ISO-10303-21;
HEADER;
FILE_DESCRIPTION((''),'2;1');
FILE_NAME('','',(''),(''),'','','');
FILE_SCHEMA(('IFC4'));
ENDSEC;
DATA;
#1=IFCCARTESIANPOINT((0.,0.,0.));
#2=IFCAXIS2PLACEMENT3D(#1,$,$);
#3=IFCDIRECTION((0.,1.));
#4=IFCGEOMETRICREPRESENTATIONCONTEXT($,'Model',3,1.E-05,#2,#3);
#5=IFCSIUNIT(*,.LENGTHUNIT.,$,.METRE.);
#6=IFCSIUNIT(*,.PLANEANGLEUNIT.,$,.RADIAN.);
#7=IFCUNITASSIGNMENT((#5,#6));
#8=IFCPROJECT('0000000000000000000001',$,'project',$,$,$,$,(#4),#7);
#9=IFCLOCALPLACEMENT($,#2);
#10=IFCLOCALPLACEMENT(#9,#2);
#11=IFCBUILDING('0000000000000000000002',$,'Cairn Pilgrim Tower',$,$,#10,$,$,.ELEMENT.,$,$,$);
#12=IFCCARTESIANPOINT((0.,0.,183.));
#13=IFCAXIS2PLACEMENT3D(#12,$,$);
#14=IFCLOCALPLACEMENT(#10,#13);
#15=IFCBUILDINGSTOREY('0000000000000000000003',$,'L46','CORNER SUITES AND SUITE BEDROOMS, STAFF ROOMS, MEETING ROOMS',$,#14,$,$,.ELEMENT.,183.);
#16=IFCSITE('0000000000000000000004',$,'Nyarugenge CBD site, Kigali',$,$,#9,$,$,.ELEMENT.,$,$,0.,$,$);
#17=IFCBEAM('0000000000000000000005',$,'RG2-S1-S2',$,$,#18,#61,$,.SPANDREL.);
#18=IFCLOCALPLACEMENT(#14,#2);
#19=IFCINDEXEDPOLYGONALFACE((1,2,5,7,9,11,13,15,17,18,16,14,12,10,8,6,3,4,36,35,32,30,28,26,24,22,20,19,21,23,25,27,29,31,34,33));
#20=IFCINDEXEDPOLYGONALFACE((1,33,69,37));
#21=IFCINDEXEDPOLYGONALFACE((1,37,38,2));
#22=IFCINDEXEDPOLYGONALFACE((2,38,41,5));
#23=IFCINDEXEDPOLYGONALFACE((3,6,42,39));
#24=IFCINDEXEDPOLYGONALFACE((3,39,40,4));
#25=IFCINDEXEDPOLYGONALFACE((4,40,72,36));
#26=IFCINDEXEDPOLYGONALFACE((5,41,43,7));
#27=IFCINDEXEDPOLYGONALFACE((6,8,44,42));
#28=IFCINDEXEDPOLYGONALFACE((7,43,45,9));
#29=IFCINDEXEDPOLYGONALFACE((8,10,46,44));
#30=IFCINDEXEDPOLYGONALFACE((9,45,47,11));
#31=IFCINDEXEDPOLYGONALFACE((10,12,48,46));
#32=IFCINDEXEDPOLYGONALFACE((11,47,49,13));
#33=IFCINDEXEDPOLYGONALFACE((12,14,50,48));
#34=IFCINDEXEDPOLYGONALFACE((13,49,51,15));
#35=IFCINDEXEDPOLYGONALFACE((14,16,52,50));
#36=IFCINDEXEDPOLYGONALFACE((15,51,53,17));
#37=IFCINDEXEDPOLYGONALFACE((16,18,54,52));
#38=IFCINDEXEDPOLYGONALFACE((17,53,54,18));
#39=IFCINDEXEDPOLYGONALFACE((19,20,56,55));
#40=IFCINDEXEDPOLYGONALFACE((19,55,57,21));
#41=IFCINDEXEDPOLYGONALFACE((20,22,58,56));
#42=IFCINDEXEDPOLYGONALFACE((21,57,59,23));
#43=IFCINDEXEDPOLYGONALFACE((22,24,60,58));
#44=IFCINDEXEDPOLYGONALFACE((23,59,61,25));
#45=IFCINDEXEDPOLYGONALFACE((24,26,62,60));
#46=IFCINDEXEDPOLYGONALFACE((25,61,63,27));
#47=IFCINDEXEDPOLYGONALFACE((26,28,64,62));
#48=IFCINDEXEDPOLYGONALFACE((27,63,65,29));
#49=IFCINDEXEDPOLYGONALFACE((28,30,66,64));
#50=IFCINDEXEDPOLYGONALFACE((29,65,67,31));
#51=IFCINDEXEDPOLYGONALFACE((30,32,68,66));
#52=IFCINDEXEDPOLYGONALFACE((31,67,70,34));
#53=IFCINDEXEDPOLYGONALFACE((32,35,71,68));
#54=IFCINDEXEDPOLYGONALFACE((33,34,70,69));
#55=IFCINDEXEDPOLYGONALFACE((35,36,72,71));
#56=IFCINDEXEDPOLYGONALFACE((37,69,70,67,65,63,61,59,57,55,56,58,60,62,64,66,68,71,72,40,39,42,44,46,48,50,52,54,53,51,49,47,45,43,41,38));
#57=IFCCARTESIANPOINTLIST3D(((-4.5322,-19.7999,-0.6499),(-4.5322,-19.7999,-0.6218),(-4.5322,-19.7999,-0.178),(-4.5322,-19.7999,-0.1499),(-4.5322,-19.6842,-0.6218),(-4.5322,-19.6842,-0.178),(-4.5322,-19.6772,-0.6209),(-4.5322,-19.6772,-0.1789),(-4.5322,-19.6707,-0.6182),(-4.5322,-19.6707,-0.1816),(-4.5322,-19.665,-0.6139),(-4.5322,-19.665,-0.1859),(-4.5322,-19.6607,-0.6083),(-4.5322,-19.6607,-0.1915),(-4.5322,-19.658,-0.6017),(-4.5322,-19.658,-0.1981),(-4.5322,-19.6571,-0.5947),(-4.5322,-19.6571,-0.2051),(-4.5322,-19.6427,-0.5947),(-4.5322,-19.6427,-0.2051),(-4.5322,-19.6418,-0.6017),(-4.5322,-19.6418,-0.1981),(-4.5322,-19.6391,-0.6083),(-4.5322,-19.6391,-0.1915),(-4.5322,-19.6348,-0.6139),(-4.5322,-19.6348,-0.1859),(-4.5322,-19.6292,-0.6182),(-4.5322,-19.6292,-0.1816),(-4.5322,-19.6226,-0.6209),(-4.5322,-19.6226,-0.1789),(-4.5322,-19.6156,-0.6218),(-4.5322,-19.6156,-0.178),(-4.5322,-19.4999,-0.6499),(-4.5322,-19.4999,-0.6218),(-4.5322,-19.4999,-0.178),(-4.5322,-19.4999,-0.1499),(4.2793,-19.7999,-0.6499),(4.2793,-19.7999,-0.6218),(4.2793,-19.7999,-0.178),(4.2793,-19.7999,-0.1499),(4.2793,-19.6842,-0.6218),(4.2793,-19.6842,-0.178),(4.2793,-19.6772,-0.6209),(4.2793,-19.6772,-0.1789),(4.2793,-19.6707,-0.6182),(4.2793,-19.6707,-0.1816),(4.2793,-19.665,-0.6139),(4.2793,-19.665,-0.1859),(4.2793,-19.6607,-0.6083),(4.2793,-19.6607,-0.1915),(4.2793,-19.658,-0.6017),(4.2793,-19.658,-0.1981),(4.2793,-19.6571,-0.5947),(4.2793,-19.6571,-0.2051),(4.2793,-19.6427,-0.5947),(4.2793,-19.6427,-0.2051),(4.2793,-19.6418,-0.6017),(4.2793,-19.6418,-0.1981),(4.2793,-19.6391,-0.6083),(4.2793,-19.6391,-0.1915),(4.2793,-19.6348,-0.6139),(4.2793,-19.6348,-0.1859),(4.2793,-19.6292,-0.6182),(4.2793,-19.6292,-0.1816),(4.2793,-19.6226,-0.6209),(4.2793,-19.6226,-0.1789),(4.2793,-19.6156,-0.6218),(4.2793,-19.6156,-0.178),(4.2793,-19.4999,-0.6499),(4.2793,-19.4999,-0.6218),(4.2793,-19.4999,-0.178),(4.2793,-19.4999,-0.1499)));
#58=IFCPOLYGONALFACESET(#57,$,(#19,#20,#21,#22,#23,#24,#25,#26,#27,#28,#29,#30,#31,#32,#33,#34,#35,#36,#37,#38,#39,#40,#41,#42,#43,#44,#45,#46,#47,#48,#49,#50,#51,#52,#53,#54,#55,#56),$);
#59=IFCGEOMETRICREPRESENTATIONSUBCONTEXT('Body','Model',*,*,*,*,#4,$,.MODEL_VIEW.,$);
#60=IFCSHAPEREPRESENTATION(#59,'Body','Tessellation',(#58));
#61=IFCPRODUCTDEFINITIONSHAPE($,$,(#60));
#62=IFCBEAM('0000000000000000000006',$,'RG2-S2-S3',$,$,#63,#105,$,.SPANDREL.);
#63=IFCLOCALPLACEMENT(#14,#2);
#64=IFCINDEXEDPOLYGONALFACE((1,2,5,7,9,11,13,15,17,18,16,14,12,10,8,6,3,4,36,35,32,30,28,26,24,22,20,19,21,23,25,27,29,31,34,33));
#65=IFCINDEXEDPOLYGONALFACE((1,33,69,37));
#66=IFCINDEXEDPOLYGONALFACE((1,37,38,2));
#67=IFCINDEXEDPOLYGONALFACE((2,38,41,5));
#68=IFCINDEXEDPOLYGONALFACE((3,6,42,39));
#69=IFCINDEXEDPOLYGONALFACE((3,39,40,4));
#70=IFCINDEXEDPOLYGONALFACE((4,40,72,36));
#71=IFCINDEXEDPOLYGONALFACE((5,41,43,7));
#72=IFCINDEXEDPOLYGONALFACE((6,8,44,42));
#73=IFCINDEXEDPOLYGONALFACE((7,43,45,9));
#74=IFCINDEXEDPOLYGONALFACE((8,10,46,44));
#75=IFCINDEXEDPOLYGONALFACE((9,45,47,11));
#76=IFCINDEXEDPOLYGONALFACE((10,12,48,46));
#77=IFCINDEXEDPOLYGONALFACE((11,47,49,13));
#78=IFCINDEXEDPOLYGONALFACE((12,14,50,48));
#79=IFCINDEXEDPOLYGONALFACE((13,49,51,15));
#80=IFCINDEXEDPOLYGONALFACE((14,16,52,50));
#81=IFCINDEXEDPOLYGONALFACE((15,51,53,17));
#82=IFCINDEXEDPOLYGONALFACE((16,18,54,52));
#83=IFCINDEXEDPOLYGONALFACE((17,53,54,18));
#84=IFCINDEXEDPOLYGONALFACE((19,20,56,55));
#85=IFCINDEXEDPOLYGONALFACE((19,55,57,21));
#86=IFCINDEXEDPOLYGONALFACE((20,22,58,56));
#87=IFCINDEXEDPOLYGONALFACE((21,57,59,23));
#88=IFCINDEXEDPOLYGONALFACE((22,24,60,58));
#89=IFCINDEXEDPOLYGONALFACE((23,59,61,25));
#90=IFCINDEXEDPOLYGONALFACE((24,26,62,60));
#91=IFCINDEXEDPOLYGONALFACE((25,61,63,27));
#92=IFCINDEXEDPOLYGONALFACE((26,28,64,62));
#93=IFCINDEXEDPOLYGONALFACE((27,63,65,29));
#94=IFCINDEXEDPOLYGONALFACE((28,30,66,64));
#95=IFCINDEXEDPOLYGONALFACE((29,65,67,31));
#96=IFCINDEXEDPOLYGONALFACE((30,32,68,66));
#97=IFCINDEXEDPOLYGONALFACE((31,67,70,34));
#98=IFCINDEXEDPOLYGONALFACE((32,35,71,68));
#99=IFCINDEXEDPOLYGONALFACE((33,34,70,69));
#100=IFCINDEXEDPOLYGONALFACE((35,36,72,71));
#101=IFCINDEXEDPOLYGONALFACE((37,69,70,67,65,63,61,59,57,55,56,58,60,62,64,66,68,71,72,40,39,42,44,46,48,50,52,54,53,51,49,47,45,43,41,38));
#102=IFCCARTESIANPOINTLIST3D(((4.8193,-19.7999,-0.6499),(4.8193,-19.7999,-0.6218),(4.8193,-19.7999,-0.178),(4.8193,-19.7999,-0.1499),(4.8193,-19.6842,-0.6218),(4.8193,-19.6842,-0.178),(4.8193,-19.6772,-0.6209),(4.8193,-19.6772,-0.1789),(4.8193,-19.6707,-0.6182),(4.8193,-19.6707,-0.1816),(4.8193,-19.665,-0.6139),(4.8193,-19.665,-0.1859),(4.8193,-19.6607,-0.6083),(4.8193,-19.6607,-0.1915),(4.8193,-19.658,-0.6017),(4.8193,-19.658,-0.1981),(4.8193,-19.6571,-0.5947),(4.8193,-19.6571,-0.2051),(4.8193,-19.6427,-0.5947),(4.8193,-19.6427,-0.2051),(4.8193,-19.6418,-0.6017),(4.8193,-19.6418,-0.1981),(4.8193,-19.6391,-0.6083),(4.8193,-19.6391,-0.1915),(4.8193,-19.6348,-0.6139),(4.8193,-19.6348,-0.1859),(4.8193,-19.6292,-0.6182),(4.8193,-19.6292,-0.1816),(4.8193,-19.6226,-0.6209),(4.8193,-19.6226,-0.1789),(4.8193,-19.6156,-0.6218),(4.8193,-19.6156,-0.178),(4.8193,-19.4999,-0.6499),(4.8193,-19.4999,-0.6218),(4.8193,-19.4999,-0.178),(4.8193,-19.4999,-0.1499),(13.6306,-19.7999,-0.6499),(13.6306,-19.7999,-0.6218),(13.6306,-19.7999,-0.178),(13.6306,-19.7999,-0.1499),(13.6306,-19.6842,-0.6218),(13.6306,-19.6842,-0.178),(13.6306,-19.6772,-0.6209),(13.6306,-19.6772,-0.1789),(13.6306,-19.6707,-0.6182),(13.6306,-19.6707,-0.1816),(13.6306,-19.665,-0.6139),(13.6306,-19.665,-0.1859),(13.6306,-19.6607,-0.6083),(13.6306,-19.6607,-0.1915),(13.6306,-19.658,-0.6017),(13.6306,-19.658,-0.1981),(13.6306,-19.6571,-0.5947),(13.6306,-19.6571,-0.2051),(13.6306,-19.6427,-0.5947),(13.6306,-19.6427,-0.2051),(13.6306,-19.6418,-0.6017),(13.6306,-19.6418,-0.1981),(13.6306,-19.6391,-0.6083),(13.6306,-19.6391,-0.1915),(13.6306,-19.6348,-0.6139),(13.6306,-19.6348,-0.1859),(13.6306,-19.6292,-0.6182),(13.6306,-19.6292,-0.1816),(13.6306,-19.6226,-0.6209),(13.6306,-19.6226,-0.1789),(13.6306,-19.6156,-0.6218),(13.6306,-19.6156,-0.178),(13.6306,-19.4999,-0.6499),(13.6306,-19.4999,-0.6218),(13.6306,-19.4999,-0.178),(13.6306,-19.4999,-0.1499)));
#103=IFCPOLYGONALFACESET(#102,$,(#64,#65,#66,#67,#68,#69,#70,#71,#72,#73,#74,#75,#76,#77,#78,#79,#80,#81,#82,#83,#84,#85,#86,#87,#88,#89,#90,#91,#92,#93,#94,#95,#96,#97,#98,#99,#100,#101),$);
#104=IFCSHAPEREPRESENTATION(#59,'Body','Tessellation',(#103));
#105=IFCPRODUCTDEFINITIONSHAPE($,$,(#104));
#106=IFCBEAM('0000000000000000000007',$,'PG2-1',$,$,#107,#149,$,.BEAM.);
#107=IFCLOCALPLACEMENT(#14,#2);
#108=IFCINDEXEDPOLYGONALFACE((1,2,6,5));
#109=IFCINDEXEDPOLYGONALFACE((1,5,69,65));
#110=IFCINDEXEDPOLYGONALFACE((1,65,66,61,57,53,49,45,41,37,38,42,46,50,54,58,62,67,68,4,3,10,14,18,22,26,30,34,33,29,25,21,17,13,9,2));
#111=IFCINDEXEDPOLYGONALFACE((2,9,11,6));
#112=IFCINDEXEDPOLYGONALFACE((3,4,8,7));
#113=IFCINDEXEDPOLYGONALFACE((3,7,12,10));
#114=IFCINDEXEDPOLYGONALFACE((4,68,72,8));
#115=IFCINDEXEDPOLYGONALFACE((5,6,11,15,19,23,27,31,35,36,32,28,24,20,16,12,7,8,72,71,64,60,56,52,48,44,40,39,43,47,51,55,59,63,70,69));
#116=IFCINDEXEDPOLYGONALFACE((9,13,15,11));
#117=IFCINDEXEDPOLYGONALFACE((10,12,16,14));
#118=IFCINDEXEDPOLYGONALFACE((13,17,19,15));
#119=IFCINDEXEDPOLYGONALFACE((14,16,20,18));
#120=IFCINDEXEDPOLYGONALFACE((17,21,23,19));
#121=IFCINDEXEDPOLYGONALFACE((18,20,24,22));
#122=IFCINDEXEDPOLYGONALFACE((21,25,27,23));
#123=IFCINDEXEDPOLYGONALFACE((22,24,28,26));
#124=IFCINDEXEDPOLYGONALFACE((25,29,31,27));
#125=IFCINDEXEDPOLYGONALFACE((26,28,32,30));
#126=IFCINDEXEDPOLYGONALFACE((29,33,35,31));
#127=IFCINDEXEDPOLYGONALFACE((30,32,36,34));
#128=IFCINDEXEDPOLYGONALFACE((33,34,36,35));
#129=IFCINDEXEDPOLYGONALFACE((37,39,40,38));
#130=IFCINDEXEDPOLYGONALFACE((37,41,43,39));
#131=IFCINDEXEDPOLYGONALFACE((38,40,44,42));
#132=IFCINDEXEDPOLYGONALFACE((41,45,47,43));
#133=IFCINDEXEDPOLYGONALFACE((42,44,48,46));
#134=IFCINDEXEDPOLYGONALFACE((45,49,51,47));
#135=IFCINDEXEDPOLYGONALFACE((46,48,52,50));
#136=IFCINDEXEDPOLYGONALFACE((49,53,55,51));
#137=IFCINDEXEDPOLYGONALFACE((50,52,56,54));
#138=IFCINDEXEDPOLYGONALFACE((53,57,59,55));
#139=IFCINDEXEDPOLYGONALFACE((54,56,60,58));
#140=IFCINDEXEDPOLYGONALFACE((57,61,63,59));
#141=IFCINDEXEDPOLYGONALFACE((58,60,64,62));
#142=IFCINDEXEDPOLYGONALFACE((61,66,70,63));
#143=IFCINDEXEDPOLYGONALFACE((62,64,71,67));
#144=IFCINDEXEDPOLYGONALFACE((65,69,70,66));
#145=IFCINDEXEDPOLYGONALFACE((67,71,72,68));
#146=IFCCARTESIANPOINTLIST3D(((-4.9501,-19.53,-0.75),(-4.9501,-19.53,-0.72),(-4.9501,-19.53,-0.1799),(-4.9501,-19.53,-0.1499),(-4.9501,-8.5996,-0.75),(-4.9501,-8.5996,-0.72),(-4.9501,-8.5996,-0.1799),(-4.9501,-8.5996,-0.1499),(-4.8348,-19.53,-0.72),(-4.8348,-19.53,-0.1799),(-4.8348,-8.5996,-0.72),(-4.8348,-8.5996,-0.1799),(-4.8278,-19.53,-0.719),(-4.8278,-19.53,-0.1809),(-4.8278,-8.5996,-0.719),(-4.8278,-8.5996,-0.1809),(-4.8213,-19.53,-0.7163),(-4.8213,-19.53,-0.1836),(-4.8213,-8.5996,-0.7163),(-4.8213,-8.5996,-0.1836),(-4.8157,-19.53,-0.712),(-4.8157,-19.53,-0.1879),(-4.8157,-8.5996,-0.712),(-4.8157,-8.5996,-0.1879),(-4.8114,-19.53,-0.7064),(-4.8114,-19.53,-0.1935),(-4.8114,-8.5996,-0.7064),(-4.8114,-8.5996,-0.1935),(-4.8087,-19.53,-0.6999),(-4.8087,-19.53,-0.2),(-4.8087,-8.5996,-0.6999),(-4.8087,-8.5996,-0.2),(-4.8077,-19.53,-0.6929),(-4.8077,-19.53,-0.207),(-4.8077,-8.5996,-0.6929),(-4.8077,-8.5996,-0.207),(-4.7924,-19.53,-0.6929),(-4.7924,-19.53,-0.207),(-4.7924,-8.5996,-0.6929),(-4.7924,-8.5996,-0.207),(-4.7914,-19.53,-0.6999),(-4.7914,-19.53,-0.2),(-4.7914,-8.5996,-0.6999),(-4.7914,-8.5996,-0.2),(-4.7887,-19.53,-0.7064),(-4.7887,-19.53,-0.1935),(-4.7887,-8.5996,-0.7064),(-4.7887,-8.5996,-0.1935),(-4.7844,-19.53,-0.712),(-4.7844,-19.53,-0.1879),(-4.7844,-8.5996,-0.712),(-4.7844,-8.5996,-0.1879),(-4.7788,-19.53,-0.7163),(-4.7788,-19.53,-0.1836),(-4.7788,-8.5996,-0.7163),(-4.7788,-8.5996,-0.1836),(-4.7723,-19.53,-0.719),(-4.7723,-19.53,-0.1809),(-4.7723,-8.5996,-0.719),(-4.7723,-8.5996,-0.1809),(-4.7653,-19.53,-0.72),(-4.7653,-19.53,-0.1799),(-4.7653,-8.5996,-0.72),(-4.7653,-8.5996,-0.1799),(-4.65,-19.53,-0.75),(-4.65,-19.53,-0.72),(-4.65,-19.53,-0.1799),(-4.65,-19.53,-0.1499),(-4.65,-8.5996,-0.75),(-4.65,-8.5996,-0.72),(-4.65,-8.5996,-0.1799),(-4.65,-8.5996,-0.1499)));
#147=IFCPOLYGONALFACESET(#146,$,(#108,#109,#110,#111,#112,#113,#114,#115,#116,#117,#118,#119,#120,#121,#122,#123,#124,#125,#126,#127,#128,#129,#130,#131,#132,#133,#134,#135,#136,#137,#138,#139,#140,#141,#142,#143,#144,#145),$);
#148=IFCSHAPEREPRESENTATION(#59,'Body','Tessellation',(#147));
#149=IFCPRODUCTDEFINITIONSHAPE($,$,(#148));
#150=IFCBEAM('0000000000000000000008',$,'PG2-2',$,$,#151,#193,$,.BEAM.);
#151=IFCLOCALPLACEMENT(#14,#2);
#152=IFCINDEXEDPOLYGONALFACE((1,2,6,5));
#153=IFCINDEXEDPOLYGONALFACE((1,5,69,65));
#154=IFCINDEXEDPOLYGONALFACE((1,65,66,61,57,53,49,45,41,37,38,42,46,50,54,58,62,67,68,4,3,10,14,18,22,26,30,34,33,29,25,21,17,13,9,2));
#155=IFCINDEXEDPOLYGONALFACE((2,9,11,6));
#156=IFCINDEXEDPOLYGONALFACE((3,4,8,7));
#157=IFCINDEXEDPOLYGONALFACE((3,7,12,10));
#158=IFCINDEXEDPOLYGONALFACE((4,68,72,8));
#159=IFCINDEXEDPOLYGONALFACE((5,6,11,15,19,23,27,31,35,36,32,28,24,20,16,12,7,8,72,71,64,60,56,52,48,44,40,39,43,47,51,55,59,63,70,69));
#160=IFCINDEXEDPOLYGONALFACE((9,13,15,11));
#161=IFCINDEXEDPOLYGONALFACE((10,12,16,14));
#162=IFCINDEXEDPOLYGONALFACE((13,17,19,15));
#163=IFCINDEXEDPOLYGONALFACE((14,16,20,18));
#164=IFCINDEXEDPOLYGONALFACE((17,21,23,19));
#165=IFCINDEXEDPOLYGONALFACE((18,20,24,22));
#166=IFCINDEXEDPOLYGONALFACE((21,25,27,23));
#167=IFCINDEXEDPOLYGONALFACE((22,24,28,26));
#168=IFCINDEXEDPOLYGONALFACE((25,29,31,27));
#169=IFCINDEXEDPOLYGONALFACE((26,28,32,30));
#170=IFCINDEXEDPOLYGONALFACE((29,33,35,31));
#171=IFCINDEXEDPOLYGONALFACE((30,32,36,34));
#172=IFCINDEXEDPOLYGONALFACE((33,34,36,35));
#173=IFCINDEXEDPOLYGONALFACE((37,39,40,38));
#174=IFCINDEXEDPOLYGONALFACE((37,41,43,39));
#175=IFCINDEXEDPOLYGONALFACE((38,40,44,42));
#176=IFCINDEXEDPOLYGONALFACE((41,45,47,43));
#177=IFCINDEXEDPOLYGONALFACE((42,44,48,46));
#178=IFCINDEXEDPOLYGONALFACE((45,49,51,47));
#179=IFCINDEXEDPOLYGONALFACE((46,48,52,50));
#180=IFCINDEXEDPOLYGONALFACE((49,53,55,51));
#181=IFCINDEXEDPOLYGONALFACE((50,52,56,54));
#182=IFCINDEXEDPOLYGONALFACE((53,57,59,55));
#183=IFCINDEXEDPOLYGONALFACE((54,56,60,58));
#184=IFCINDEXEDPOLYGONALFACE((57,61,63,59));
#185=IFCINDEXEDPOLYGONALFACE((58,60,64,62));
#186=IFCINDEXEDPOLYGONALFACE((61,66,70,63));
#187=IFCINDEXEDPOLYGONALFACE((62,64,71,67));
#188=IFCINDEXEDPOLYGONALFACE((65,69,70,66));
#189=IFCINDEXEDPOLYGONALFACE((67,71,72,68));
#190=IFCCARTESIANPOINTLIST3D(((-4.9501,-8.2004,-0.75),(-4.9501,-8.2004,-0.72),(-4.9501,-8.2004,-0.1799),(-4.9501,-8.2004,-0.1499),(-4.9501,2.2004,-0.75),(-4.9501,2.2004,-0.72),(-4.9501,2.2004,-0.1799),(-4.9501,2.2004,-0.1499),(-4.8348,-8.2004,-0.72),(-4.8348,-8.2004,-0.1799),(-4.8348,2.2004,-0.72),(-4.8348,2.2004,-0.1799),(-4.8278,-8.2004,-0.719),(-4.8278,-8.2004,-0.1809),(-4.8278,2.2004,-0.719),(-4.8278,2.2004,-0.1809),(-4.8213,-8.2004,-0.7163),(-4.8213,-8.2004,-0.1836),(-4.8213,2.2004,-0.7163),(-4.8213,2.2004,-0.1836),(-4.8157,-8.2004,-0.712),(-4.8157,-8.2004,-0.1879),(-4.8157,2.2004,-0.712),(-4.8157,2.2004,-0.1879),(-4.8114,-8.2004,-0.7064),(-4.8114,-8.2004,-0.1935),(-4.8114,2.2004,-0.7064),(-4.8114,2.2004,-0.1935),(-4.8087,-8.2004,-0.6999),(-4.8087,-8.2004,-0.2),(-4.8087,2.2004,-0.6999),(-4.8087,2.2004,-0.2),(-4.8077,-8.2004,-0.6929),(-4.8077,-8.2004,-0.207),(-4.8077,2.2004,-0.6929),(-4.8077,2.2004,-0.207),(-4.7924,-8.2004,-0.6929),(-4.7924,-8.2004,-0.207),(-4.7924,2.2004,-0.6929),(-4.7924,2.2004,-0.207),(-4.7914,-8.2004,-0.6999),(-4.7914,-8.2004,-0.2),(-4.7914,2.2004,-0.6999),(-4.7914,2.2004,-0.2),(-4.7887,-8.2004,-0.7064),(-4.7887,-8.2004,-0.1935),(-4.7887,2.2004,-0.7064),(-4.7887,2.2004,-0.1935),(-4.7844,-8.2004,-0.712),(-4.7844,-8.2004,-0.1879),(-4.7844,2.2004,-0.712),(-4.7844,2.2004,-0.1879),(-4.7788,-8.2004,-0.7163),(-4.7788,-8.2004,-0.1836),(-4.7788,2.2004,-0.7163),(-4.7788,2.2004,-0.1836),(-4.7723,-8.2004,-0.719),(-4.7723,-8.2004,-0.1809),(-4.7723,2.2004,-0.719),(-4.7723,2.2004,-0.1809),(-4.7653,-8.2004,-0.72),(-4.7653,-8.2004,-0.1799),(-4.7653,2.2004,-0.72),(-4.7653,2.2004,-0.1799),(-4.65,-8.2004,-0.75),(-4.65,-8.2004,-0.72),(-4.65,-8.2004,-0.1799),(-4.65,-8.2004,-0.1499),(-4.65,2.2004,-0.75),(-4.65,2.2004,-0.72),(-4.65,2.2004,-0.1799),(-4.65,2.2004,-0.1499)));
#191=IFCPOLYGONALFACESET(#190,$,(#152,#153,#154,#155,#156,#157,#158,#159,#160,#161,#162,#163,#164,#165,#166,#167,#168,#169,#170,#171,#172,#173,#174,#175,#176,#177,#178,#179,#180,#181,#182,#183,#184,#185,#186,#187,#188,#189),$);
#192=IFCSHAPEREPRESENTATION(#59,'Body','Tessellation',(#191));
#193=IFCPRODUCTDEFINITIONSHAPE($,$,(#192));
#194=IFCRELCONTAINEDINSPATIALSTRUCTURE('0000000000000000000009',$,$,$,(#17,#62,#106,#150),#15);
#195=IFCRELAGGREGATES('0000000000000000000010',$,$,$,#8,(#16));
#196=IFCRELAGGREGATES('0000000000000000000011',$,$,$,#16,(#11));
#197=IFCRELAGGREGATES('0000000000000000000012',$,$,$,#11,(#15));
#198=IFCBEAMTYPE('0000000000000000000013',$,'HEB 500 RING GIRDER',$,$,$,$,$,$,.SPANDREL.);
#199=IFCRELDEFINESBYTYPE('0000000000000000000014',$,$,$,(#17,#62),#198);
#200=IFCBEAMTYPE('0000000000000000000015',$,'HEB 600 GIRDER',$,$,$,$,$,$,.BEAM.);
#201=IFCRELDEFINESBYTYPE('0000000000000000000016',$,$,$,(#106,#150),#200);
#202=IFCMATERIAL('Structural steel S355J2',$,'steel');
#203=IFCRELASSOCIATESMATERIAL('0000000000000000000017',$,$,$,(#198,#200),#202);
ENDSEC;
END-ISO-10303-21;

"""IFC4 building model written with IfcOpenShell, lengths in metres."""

from ifc_helpers import new_model, si_unit, direction, frame, origin, origin_2d, place, context, subcontext, project, spatial, i_section, extrude, material, material_profile, profile_set, type_object, element, save


model = new_model("IFC4")

# Units and contexts
model_context = context("Model", 3, precision=1e-05, world=origin(), true_north=direction((0.0, 1.0)))
body_context = subcontext(model_context, "Body", "Model", "MODEL_VIEW")
ifc_project = project(units=[si_unit("LENGTHUNIT", "METRE"), si_unit("PLANEANGLEUNIT", "RADIAN")], contexts=[model_context])

# Site, building, storey
site_placement = place(None, origin())
site = spatial("IfcSite", under=ifc_project, at=site_placement, Name="Nyarugenge CBD site, Kigali", CompositionType="ELEMENT", RefElevation=0.0)
building_placement = place(site_placement, origin())
building = spatial("IfcBuilding", under=site, at=building_placement, Name="Cairn Pilgrim Tower", CompositionType="ELEMENT")
storey_placement = place(building_placement, frame((0.0, 0.0, 183.0)))
storey = spatial("IfcBuildingStorey", under=building, at=storey_placement, Name="L46", Description="CORNER SUITES AND SUITE BEDROOMS, STAFF ROOMS, MEETING ROOMS", CompositionType="ELEMENT", Elevation=183.0)

# Shared definitions
ifc_material_1 = material(Name="Structural steel S355J2", Category="steel")

# Beams
ifc_material_profile_1 = material_profile(ifc_material_1, i_section(OverallWidth=0.3, OverallDepth=0.5, WebThickness=0.0144, FlangeThickness=0.0281, FilletRadius=0.0271, at=origin_2d()), Name="HEB 500")
ifc_profile_set_1 = profile_set([ifc_material_profile_1], Name="Structural steel S355J2")
beam_type_1 = type_object("IfcBeamType", Name="HEB 500 RING GIRDER", PredefinedType="SPANDREL", material=ifc_profile_set_1)
beam_1_placement = place(storey_placement, frame((-4.5322, -19.6499, -0.3999), z_axis=(1.0, 0.0, 0.0), x_axis=(0.0, 1.0, 0.0)))
element("IfcBeam", 1, at=beam_1_placement, inside=storey, type_object=beam_type_1, Name="RG2-S1-S2", PredefinedType="SPANDREL", context=body_context, shape_type="SweptSolid", body=[
    extrude(i_section(OverallWidth=0.3, OverallDepth=0.5, WebThickness=0.0144, FlangeThickness=0.0281, FilletRadius=0.0271, at=origin_2d()), origin(), (0.0, 0.0, 1.0), 8.8115),
])
beam_2_placement = place(storey_placement, frame((4.8193, -19.6499, -0.3999), z_axis=(1.0, 0.0, 0.0), x_axis=(0.0, 1.0, 0.0)))
element("IfcBeam", 2, at=beam_2_placement, inside=storey, type_object=beam_type_1, Name="RG2-S2-S3", PredefinedType="SPANDREL", context=body_context, shape_type="SweptSolid", body=[
    extrude(i_section(OverallWidth=0.3, OverallDepth=0.5, WebThickness=0.0144, FlangeThickness=0.0281, FilletRadius=0.0271, at=origin_2d()), origin(), (0.0, 0.0, 1.0), 8.8113),
])
ifc_material_profile_2 = material_profile(ifc_material_1, i_section(OverallWidth=0.3, OverallDepth=0.6001, WebThickness=0.0154, FlangeThickness=0.03, FilletRadius=0.0271, at=origin_2d()), Name="HEB 600")
ifc_profile_set_2 = profile_set([ifc_material_profile_2], Name="Structural steel S355J2")
beam_type_2 = type_object("IfcBeamType", Name="HEB 600 GIRDER", PredefinedType="BEAM", material=ifc_profile_set_2)
beam_3_placement = place(storey_placement, frame((-4.8, -19.53, -0.45), z_axis=(0.0, 1.0, 0.0), x_axis=(-1.0, 0.0, 0.0)))
element("IfcBeam", 3, at=beam_3_placement, inside=storey, type_object=beam_type_2, Name="PG2-1", PredefinedType="BEAM", context=body_context, shape_type="SweptSolid", body=[
    extrude(i_section(OverallWidth=0.3, OverallDepth=0.6001, WebThickness=0.0154, FlangeThickness=0.03, FilletRadius=0.0271, at=origin_2d()), origin(), (0.0, 0.0, 1.0), 10.9304),
])
beam_4_placement = place(storey_placement, frame((-4.8, -8.2004, -0.45), z_axis=(0.0, 1.0, 0.0), x_axis=(-1.0, 0.0, 0.0)))
element("IfcBeam", 4, at=beam_4_placement, inside=storey, type_object=beam_type_2, Name="PG2-2", PredefinedType="BEAM", context=body_context, shape_type="SweptSolid", body=[
    extrude(i_section(OverallWidth=0.3, OverallDepth=0.6001, WebThickness=0.0154, FlangeThickness=0.03, FilletRadius=0.0271, at=origin_2d()), origin(), (0.0, 0.0, 1.0), 10.4009),
])

save(model, "model.ifc")
